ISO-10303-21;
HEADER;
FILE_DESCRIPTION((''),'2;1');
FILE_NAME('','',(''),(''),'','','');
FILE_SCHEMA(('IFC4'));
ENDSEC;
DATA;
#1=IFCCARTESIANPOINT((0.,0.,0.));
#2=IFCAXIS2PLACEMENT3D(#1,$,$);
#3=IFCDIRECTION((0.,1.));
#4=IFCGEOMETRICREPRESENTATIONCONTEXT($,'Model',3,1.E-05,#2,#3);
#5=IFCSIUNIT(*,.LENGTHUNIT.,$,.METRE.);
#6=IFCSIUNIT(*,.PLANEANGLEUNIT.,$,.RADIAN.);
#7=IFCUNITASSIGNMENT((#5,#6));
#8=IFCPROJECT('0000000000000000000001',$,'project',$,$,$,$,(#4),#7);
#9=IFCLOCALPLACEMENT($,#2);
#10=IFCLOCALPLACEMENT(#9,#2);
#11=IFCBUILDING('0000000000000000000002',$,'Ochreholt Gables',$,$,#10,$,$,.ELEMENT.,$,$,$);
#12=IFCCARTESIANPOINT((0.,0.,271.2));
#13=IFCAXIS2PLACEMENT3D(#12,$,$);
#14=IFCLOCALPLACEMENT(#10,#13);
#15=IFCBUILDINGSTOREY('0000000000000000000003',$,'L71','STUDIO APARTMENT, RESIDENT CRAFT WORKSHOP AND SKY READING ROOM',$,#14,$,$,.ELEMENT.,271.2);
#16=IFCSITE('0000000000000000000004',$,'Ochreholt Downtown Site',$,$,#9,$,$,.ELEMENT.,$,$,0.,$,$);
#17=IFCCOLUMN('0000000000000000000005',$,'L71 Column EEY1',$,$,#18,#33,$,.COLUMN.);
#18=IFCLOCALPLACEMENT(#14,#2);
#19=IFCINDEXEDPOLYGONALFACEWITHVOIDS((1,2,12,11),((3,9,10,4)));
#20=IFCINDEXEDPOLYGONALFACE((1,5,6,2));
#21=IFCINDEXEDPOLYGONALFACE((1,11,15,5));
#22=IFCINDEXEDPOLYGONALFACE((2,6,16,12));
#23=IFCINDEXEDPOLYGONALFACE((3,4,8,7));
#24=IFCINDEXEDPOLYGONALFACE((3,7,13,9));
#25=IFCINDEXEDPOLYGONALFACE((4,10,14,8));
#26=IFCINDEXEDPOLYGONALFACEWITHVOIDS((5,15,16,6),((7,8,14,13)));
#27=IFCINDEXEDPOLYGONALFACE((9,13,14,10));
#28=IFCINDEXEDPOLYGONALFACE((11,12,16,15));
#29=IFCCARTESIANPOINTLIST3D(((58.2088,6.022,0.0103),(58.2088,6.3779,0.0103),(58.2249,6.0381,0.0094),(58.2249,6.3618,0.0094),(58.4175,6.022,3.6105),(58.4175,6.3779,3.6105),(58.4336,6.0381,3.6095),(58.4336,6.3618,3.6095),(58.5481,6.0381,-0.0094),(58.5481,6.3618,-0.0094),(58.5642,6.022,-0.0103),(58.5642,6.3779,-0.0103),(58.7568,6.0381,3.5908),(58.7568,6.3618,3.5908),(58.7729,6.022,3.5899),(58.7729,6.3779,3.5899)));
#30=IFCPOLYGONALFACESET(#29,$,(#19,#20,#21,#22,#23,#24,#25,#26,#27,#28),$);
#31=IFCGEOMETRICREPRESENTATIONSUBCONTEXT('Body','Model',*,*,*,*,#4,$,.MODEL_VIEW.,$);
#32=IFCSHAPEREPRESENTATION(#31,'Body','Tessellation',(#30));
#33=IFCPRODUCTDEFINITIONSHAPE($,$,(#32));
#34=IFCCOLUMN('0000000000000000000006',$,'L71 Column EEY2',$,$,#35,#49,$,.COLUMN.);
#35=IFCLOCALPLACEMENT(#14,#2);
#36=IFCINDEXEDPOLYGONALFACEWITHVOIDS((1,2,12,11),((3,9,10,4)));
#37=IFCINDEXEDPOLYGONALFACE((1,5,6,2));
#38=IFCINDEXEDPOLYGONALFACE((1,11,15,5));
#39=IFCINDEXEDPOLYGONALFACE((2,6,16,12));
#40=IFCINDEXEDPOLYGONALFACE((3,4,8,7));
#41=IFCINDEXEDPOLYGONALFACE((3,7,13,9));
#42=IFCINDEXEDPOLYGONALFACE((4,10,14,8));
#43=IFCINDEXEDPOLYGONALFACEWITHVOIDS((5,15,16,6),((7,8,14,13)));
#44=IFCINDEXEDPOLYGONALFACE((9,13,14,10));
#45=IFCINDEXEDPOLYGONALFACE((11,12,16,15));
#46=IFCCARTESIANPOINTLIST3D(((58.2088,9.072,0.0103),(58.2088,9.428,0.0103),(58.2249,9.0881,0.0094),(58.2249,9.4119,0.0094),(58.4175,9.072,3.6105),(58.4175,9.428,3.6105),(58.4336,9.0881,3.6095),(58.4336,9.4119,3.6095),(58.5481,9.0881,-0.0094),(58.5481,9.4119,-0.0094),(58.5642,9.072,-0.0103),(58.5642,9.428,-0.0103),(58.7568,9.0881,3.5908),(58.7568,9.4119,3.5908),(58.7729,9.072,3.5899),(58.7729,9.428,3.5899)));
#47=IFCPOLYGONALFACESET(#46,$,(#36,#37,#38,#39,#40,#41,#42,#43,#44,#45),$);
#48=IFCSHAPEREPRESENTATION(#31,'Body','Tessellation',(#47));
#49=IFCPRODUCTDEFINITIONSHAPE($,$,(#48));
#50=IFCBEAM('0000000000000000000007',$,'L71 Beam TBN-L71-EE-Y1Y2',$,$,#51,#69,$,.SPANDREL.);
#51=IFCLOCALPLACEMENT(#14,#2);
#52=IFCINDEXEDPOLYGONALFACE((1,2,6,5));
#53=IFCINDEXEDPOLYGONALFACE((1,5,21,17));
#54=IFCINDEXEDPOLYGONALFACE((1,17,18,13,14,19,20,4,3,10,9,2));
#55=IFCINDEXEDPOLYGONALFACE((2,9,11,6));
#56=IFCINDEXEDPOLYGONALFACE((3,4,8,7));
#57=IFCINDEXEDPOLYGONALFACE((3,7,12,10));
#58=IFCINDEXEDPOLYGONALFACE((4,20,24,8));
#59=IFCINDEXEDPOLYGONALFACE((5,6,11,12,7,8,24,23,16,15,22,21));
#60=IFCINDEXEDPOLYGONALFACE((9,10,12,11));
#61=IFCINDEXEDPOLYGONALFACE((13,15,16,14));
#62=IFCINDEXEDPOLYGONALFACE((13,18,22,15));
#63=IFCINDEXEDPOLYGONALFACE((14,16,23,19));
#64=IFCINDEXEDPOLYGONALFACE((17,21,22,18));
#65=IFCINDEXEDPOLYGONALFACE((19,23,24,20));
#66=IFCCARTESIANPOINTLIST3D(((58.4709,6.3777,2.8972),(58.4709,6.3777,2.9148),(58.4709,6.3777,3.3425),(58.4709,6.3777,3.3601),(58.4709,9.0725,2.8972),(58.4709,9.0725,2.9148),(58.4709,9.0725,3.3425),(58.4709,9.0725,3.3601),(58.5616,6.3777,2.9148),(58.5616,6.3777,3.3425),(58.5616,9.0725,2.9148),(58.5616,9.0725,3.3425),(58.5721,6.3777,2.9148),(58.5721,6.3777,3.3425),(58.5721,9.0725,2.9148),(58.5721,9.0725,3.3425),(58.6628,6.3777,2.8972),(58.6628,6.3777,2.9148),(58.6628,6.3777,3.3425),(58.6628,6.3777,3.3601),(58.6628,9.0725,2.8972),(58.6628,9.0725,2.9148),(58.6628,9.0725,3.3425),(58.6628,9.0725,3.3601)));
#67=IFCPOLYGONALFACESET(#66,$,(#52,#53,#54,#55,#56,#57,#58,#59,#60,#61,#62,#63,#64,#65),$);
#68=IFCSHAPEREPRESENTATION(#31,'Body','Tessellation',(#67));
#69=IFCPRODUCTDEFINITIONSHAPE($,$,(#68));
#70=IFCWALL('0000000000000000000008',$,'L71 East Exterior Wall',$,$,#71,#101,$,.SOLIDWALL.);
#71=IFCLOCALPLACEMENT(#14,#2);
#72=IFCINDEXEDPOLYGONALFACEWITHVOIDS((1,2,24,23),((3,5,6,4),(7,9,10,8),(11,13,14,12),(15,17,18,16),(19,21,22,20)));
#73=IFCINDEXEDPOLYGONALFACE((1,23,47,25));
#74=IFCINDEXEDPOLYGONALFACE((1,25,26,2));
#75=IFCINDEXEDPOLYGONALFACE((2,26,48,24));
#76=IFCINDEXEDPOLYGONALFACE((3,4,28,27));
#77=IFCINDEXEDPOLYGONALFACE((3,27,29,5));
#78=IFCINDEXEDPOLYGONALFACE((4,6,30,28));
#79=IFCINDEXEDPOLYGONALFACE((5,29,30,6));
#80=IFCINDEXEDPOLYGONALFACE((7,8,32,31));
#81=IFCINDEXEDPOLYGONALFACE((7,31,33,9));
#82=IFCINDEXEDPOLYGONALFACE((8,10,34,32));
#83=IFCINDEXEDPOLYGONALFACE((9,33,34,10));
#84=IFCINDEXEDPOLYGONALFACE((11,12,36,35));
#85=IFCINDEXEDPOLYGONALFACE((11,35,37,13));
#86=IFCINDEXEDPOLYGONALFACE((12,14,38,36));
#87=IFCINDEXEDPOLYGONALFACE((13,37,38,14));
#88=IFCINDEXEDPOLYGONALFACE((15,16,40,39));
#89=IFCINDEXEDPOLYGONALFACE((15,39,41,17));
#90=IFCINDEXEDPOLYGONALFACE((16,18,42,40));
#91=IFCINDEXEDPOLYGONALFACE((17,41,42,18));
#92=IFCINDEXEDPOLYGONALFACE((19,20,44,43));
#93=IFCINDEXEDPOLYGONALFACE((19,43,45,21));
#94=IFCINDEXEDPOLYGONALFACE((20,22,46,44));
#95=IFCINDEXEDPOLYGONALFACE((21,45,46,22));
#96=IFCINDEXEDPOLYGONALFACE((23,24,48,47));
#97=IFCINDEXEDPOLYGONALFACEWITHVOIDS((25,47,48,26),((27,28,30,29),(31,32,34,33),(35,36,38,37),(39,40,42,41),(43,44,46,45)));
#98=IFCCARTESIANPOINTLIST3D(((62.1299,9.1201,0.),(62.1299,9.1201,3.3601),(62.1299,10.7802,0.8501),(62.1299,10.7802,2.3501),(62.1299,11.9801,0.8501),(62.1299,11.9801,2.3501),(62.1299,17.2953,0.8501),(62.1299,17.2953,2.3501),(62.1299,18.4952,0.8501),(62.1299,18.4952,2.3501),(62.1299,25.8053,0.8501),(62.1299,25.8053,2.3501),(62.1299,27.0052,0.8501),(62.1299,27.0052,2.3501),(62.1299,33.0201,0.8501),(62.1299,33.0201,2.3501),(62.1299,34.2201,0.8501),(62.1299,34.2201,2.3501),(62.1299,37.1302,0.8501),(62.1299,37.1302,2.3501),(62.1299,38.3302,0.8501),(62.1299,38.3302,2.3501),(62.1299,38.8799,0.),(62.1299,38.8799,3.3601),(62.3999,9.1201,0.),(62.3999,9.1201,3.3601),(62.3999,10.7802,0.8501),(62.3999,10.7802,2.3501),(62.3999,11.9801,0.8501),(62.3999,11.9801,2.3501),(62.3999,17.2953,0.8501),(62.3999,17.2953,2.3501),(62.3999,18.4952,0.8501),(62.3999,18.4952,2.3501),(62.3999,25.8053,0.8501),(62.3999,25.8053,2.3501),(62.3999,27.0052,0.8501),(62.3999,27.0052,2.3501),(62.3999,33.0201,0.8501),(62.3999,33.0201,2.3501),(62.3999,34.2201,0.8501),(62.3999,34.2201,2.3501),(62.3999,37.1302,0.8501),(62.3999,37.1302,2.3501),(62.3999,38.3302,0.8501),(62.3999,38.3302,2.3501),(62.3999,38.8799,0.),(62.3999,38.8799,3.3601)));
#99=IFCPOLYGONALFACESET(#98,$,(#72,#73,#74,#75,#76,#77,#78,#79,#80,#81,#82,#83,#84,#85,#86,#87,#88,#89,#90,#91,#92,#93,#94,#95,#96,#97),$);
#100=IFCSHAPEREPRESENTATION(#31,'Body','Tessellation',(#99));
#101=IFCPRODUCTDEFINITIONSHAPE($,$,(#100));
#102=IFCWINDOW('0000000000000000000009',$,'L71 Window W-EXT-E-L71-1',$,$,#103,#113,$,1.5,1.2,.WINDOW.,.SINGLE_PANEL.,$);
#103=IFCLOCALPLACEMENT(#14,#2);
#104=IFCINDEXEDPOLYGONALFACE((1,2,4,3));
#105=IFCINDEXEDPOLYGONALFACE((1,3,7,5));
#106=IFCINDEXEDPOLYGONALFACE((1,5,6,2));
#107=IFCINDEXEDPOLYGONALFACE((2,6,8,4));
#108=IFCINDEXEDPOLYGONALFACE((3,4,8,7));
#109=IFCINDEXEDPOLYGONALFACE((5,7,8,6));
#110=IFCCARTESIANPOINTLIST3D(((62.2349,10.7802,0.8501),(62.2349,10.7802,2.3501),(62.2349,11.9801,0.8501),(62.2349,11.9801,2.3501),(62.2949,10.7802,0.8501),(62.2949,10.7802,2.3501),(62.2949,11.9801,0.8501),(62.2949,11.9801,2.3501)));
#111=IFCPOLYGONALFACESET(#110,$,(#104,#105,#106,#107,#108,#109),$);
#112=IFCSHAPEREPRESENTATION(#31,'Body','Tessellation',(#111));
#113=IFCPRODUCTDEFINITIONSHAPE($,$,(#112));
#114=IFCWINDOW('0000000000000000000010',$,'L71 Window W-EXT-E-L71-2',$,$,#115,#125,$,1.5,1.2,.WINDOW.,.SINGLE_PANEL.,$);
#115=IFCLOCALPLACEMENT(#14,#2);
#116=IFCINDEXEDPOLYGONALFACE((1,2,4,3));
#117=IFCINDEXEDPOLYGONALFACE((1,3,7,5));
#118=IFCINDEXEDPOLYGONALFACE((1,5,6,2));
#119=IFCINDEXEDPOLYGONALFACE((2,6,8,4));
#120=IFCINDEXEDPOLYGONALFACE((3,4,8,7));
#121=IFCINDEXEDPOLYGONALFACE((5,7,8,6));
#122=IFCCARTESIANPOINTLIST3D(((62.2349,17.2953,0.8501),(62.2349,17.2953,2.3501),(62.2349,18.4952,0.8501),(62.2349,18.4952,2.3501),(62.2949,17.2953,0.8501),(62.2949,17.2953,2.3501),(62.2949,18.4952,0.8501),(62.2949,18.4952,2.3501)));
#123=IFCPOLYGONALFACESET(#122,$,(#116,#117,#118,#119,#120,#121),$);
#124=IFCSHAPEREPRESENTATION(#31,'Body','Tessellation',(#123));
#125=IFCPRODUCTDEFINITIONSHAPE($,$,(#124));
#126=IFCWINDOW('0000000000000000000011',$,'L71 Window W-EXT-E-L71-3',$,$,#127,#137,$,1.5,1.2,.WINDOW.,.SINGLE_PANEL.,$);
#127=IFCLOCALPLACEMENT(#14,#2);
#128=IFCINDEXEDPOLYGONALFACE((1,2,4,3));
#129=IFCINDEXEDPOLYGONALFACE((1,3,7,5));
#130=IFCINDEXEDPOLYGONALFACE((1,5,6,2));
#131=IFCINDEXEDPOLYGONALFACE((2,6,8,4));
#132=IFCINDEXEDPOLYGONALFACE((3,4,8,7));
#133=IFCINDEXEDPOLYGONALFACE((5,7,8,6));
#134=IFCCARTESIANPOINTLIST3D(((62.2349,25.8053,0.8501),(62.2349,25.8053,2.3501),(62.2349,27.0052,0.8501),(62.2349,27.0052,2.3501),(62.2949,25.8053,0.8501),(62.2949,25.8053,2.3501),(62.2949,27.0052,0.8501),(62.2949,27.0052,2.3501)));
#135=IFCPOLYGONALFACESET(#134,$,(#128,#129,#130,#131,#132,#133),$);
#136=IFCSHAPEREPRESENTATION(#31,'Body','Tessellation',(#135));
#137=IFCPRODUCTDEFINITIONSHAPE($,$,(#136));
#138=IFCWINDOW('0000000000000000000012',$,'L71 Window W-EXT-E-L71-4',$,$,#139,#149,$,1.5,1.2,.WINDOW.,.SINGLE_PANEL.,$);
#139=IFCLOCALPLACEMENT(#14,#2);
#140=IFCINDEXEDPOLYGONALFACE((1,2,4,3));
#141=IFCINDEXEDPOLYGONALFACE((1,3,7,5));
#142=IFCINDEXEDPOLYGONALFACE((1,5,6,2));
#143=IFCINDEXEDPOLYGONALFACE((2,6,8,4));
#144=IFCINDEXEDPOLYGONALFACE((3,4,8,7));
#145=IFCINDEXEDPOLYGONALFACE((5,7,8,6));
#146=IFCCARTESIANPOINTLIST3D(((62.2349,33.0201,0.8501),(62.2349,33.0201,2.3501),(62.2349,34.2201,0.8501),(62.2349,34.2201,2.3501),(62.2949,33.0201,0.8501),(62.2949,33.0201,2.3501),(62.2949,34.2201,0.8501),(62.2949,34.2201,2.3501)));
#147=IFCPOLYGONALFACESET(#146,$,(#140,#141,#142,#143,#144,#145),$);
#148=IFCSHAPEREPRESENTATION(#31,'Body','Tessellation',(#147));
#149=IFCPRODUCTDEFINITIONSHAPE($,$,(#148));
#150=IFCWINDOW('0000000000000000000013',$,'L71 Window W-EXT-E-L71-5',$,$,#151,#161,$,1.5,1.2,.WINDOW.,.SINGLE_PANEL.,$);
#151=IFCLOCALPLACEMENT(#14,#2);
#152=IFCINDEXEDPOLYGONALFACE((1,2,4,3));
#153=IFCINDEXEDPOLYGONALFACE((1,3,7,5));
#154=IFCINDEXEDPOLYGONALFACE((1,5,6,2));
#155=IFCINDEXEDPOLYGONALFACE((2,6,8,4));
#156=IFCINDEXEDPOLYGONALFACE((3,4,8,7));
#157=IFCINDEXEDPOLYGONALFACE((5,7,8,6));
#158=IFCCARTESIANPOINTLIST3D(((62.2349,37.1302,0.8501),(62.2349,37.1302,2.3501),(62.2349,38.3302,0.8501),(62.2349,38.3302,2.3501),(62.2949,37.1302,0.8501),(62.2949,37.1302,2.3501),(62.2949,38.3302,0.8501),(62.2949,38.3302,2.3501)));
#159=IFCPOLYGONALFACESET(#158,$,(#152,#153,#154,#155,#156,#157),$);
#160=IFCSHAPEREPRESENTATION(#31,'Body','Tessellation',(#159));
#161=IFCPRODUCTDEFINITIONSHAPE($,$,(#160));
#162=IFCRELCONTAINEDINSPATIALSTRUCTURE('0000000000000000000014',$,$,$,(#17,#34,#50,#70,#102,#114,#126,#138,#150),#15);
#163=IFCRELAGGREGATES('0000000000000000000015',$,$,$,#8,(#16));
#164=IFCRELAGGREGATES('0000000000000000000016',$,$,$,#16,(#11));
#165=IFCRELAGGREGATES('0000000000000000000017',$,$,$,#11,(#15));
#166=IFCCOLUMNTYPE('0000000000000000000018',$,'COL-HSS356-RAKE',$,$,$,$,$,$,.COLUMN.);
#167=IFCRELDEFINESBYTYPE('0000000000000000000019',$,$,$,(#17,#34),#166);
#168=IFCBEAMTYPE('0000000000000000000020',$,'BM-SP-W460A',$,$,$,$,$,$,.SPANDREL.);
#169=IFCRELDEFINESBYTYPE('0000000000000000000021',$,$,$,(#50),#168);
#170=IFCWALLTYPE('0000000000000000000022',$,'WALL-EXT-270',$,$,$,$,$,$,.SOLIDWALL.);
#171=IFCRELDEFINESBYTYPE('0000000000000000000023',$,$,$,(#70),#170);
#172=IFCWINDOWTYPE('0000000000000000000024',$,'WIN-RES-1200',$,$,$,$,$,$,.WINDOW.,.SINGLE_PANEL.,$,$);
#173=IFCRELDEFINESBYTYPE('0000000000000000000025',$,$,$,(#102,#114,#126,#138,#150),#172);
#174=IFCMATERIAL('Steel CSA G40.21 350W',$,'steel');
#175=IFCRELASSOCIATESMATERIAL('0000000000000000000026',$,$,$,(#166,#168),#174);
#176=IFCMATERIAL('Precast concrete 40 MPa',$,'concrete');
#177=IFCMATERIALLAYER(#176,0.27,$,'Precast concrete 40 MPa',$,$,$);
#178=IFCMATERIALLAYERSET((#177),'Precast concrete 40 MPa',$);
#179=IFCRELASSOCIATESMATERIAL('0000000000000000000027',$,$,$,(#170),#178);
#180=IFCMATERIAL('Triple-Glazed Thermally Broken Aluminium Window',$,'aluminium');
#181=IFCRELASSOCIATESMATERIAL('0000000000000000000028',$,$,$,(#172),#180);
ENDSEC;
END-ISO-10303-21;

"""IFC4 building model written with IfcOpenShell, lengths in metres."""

from ifc_helpers import new_model, si_unit, direction, frame, frame_2d, origin, origin_2d, place, context, subcontext, project, spatial, rectangle, hollow_rectangle, i_section, extrude, material, layer, layer_set, material_profile, profile_set, type_object, element, fill, save


model = new_model("IFC4")

# Units and contexts
model_context = context("Model", 3, precision=1e-05, world=origin(), true_north=direction((0.0, 1.0)))
body_context = subcontext(model_context, "Body", "Model", "MODEL_VIEW")
ifc_project = project(units=[si_unit("LENGTHUNIT", "METRE"), si_unit("PLANEANGLEUNIT", "RADIAN")], contexts=[model_context])

# Site, building, storey
site_placement = place(None, origin())
site = spatial("IfcSite", under=ifc_project, at=site_placement, Name="Ochreholt Downtown Site", CompositionType="ELEMENT", RefElevation=0.0)
building_placement = place(site_placement, origin())
building = spatial("IfcBuilding", under=site, at=building_placement, Name="Ochreholt Gables", CompositionType="ELEMENT")
storey_placement = place(building_placement, frame((0.0, 0.0, 271.2)))
storey = spatial("IfcBuildingStorey", under=building, at=storey_placement, Name="L71", Description="STUDIO APARTMENT, RESIDENT CRAFT WORKSHOP AND SKY READING ROOM", CompositionType="ELEMENT", Elevation=271.2)

# Columns
ifc_material_1 = material(Name="Steel CSA G40.21 350W", Category="steel")
ifc_material_profile_1 = material_profile(ifc_material_1, hollow_rectangle(XDim=0.356, YDim=0.356, WallThickness=0.0161, at=origin_2d()), Name="HSS356X356X16")
ifc_profile_set_1 = profile_set([ifc_material_profile_1], Name="Steel CSA G40.21 350W")
column_type = type_object("IfcColumnType", Name="COL-HSS356-RAKE", PredefinedType="COLUMN", material=ifc_profile_set_1)
for number, where, z_axis, x_axis, name in (
    (1, (58.3865, 6.2, 0.0), (0.057885, 0.0, 0.998323), (0.0, 1.0, 0.0), "L71 Column EEY1"),
    (2, (58.3865, 9.25, 0.0), (0.057885, 0.0, 0.998323), (0.0, 1.0, 0.0), "L71 Column EEY2"),
):
    element("IfcColumn", number, at=place(storey_placement, frame(where, z_axis=z_axis, x_axis=x_axis)), inside=storey, type_object=column_type, Name=name, PredefinedType="COLUMN", context=body_context, shape_type="SweptSolid", body=[
        extrude(hollow_rectangle(XDim=0.356, YDim=0.356, WallThickness=0.0161, at=origin_2d()), origin(), (0.0, 0.0, 1.0), 3.6062),
    ])

# Beam
ifc_material_profile_2 = material_profile(ifc_material_1, i_section(OverallWidth=0.1919, OverallDepth=0.4629, WebThickness=0.0105, FlangeThickness=0.0176, at=origin_2d()), Name="W460X89")
ifc_profile_set_2 = profile_set([ifc_material_profile_2], Name="Steel CSA G40.21 350W")
beam_type = type_object("IfcBeamType", Name="BM-SP-W460A", PredefinedType="SPANDREL", material=ifc_profile_set_2)
beam_placement = place(storey_placement, frame((58.5669, 6.3777, 3.1287), z_axis=(0.0, 1.0, 0.0), x_axis=(-1.0, 0.0, 0.0)))
element("IfcBeam", 3, at=beam_placement, inside=storey, type_object=beam_type, Name="L71 Beam TBN-L71-EE-Y1Y2", PredefinedType="SPANDREL", context=body_context, shape_type="SweptSolid", body=[
    extrude(i_section(OverallWidth=0.1919, OverallDepth=0.4629, WebThickness=0.0105, FlangeThickness=0.0176, at=origin_2d()), origin(), (0.0, 0.0, 1.0), 2.6948),
])

# Wall, openings, windows
ifc_material_2 = material(Name="Precast concrete 40 MPa", Category="concrete")
ifc_layer_1 = layer(ifc_material_2, 0.27, Name="Precast concrete 40 MPa")
ifc_layer_set_1 = layer_set([ifc_layer_1], Name="Precast concrete 40 MPa")
wall_type_1 = type_object("IfcWallType", Name="WALL-EXT-270", PredefinedType="SOLIDWALL", material=ifc_layer_set_1)
wall_1_placement = place(storey_placement, frame((62.2649, 9.1201, 0.0), z_axis=(0.0, 0.0, 1.0), x_axis=(0.0, 1.0, 0.0)))
wall_1 = element("IfcWall", 4, at=wall_1_placement, inside=storey, type_object=wall_type_1, Name="L71 East Exterior Wall", PredefinedType="SOLIDWALL", context=body_context, shape_type="SweptSolid", body=[
    extrude(rectangle(XDim=29.7598, YDim=0.27, at=frame_2d((14.8799, 0.0))), origin(), (0.0, 0.0, 1.0), 3.3601),
])
opening_1_placement = place(wall_1_placement, frame((1.6599, 0.0, 0.8501)))
opening_1 = element("IfcOpeningElement", 5, at=opening_1_placement, cuts=wall_1, PredefinedType="OPENING", context=body_context, shape_type="SweptSolid", body=[
    extrude(rectangle(XDim=1.2, YDim=1.5, at=frame_2d((0.6001, 0.75))), frame((0.0, 0.145, 0.0), z_axis=(0.0, -1.0, 0.0), x_axis=(1.0, 0.0, 0.0)), (0.0, 0.0, 1.0), 0.29),
])
opening_2_placement = place(wall_1_placement, frame((8.175, 0.0, 0.8501)))
opening_2 = element("IfcOpeningElement", 6, at=opening_2_placement, cuts=wall_1, PredefinedType="OPENING", context=body_context, shape_type="SweptSolid", body=[
    extrude(rectangle(XDim=1.2, YDim=1.5, at=frame_2d((0.6001, 0.75))), frame((0.0, 0.145, 0.0), z_axis=(0.0, -1.0, 0.0), x_axis=(1.0, 0.0, 0.0)), (0.0, 0.0, 1.0), 0.29),
])
opening_3_placement = place(wall_1_placement, frame((16.6851, 0.0, 0.8501)))
opening_3 = element("IfcOpeningElement", 7, at=opening_3_placement, cuts=wall_1, PredefinedType="OPENING", context=body_context, shape_type="SweptSolid", body=[
    extrude(rectangle(XDim=1.2, YDim=1.5, at=frame_2d((0.6001, 0.75))), frame((0.0, 0.145, 0.0), z_axis=(0.0, -1.0, 0.0), x_axis=(1.0, 0.0, 0.0)), (0.0, 0.0, 1.0), 0.29),
])
opening_4_placement = place(wall_1_placement, frame((23.8999, 0.0, 0.8501)))
opening_4 = element("IfcOpeningElement", 8, at=opening_4_placement, cuts=wall_1, PredefinedType="OPENING", context=body_context, shape_type="SweptSolid", body=[
    extrude(rectangle(XDim=1.2, YDim=1.5, at=frame_2d((0.6001, 0.75))), frame((0.0, 0.145, 0.0), z_axis=(0.0, -1.0, 0.0), x_axis=(1.0, 0.0, 0.0)), (0.0, 0.0, 1.0), 0.29),
])
opening_5_placement = place(wall_1_placement, frame((28.01, 0.0, 0.8501)))
opening_5 = element("IfcOpeningElement", 9, at=opening_5_placement, cuts=wall_1, PredefinedType="OPENING", context=body_context, shape_type="SweptSolid", body=[
    extrude(rectangle(XDim=1.2, YDim=1.5, at=frame_2d((0.6001, 0.75))), frame((0.0, 0.145, 0.0), z_axis=(0.0, -1.0, 0.0), x_axis=(1.0, 0.0, 0.0)), (0.0, 0.0, 1.0), 0.29),
])
ifc_material_3 = material(Name="Triple-Glazed Thermally Broken Aluminium Window", Category="aluminium")
window_type = type_object("IfcWindowType", Name="WIN-RES-1200", PartitioningType="SINGLE_PANEL", PredefinedType="WINDOW", material=ifc_material_3)
window_1_placement = place(opening_1_placement, origin())
window_1 = element("IfcWindow", 10, at=window_1_placement, inside=storey, type_object=window_type, Name="L71 Window W-EXT-E-L71-1", OverallHeight=1.5, OverallWidth=1.2, PartitioningType="SINGLE_PANEL", PredefinedType="WINDOW", context=body_context, shape_type="SweptSolid", body=[
    extrude(rectangle(XDim=1.2, YDim=1.5, at=frame_2d((0.6001, 0.75))), frame((0.0, 0.03, 0.0), z_axis=(0.0, -1.0, 0.0), x_axis=(1.0, 0.0, 0.0)), (0.0, 0.0, 1.0), 0.0601),
])
fill(opening_1, window_1)
window_2_placement = place(opening_2_placement, origin())
window_2 = element("IfcWindow", 11, at=window_2_placement, inside=storey, type_object=window_type, Name="L71 Window W-EXT-E-L71-2", OverallHeight=1.5, OverallWidth=1.2, PartitioningType="SINGLE_PANEL", PredefinedType="WINDOW", context=body_context, shape_type="SweptSolid", body=[
    extrude(rectangle(XDim=1.2, YDim=1.5, at=frame_2d((0.6001, 0.75))), frame((0.0, 0.03, 0.0), z_axis=(0.0, -1.0, 0.0), x_axis=(1.0, 0.0, 0.0)), (0.0, 0.0, 1.0), 0.0601),
])
fill(opening_2, window_2)
window_3_placement = place(opening_3_placement, origin())
window_3 = element("IfcWindow", 12, at=window_3_placement, inside=storey, type_object=window_type, Name="L71 Window W-EXT-E-L71-3", OverallHeight=1.5, OverallWidth=1.2, PartitioningType="SINGLE_PANEL", PredefinedType="WINDOW", context=body_context, shape_type="SweptSolid", body=[
    extrude(rectangle(XDim=1.2, YDim=1.5, at=frame_2d((0.6001, 0.75))), frame((0.0, 0.03, 0.0), z_axis=(0.0, -1.0, 0.0), x_axis=(1.0, 0.0, 0.0)), (0.0, 0.0, 1.0), 0.0601),
])
fill(opening_3, window_3)
window_4_placement = place(opening_4_placement, origin())
window_4 = element("IfcWindow", 13, at=window_4_placement, inside=storey, type_object=window_type, Name="L71 Window W-EXT-E-L71-4", OverallHeight=1.5, OverallWidth=1.2, PartitioningType="SINGLE_PANEL", PredefinedType="WINDOW", context=body_context, shape_type="SweptSolid", body=[
    extrude(rectangle(XDim=1.2, YDim=1.5, at=frame_2d((0.6001, 0.75))), frame((0.0, 0.03, 0.0), z_axis=(0.0, -1.0, 0.0), x_axis=(1.0, 0.0, 0.0)), (0.0, 0.0, 1.0), 0.0601),
])
fill(opening_4, window_4)
window_5_placement = place(opening_5_placement, origin())
window_5 = element("IfcWindow", 14, at=window_5_placement, inside=storey, type_object=window_type, Name="L71 Window W-EXT-E-L71-5", OverallHeight=1.5, OverallWidth=1.2, PartitioningType="SINGLE_PANEL", PredefinedType="WINDOW", context=body_context, shape_type="SweptSolid", body=[
    extrude(rectangle(XDim=1.2, YDim=1.5, at=frame_2d((0.6001, 0.75))), frame((0.0, 0.03, 0.0), z_axis=(0.0, -1.0, 0.0), x_axis=(1.0, 0.0, 0.0)), (0.0, 0.0, 1.0), 0.0601),
])
fill(opening_5, window_5)

save(model, "model.ifc")
